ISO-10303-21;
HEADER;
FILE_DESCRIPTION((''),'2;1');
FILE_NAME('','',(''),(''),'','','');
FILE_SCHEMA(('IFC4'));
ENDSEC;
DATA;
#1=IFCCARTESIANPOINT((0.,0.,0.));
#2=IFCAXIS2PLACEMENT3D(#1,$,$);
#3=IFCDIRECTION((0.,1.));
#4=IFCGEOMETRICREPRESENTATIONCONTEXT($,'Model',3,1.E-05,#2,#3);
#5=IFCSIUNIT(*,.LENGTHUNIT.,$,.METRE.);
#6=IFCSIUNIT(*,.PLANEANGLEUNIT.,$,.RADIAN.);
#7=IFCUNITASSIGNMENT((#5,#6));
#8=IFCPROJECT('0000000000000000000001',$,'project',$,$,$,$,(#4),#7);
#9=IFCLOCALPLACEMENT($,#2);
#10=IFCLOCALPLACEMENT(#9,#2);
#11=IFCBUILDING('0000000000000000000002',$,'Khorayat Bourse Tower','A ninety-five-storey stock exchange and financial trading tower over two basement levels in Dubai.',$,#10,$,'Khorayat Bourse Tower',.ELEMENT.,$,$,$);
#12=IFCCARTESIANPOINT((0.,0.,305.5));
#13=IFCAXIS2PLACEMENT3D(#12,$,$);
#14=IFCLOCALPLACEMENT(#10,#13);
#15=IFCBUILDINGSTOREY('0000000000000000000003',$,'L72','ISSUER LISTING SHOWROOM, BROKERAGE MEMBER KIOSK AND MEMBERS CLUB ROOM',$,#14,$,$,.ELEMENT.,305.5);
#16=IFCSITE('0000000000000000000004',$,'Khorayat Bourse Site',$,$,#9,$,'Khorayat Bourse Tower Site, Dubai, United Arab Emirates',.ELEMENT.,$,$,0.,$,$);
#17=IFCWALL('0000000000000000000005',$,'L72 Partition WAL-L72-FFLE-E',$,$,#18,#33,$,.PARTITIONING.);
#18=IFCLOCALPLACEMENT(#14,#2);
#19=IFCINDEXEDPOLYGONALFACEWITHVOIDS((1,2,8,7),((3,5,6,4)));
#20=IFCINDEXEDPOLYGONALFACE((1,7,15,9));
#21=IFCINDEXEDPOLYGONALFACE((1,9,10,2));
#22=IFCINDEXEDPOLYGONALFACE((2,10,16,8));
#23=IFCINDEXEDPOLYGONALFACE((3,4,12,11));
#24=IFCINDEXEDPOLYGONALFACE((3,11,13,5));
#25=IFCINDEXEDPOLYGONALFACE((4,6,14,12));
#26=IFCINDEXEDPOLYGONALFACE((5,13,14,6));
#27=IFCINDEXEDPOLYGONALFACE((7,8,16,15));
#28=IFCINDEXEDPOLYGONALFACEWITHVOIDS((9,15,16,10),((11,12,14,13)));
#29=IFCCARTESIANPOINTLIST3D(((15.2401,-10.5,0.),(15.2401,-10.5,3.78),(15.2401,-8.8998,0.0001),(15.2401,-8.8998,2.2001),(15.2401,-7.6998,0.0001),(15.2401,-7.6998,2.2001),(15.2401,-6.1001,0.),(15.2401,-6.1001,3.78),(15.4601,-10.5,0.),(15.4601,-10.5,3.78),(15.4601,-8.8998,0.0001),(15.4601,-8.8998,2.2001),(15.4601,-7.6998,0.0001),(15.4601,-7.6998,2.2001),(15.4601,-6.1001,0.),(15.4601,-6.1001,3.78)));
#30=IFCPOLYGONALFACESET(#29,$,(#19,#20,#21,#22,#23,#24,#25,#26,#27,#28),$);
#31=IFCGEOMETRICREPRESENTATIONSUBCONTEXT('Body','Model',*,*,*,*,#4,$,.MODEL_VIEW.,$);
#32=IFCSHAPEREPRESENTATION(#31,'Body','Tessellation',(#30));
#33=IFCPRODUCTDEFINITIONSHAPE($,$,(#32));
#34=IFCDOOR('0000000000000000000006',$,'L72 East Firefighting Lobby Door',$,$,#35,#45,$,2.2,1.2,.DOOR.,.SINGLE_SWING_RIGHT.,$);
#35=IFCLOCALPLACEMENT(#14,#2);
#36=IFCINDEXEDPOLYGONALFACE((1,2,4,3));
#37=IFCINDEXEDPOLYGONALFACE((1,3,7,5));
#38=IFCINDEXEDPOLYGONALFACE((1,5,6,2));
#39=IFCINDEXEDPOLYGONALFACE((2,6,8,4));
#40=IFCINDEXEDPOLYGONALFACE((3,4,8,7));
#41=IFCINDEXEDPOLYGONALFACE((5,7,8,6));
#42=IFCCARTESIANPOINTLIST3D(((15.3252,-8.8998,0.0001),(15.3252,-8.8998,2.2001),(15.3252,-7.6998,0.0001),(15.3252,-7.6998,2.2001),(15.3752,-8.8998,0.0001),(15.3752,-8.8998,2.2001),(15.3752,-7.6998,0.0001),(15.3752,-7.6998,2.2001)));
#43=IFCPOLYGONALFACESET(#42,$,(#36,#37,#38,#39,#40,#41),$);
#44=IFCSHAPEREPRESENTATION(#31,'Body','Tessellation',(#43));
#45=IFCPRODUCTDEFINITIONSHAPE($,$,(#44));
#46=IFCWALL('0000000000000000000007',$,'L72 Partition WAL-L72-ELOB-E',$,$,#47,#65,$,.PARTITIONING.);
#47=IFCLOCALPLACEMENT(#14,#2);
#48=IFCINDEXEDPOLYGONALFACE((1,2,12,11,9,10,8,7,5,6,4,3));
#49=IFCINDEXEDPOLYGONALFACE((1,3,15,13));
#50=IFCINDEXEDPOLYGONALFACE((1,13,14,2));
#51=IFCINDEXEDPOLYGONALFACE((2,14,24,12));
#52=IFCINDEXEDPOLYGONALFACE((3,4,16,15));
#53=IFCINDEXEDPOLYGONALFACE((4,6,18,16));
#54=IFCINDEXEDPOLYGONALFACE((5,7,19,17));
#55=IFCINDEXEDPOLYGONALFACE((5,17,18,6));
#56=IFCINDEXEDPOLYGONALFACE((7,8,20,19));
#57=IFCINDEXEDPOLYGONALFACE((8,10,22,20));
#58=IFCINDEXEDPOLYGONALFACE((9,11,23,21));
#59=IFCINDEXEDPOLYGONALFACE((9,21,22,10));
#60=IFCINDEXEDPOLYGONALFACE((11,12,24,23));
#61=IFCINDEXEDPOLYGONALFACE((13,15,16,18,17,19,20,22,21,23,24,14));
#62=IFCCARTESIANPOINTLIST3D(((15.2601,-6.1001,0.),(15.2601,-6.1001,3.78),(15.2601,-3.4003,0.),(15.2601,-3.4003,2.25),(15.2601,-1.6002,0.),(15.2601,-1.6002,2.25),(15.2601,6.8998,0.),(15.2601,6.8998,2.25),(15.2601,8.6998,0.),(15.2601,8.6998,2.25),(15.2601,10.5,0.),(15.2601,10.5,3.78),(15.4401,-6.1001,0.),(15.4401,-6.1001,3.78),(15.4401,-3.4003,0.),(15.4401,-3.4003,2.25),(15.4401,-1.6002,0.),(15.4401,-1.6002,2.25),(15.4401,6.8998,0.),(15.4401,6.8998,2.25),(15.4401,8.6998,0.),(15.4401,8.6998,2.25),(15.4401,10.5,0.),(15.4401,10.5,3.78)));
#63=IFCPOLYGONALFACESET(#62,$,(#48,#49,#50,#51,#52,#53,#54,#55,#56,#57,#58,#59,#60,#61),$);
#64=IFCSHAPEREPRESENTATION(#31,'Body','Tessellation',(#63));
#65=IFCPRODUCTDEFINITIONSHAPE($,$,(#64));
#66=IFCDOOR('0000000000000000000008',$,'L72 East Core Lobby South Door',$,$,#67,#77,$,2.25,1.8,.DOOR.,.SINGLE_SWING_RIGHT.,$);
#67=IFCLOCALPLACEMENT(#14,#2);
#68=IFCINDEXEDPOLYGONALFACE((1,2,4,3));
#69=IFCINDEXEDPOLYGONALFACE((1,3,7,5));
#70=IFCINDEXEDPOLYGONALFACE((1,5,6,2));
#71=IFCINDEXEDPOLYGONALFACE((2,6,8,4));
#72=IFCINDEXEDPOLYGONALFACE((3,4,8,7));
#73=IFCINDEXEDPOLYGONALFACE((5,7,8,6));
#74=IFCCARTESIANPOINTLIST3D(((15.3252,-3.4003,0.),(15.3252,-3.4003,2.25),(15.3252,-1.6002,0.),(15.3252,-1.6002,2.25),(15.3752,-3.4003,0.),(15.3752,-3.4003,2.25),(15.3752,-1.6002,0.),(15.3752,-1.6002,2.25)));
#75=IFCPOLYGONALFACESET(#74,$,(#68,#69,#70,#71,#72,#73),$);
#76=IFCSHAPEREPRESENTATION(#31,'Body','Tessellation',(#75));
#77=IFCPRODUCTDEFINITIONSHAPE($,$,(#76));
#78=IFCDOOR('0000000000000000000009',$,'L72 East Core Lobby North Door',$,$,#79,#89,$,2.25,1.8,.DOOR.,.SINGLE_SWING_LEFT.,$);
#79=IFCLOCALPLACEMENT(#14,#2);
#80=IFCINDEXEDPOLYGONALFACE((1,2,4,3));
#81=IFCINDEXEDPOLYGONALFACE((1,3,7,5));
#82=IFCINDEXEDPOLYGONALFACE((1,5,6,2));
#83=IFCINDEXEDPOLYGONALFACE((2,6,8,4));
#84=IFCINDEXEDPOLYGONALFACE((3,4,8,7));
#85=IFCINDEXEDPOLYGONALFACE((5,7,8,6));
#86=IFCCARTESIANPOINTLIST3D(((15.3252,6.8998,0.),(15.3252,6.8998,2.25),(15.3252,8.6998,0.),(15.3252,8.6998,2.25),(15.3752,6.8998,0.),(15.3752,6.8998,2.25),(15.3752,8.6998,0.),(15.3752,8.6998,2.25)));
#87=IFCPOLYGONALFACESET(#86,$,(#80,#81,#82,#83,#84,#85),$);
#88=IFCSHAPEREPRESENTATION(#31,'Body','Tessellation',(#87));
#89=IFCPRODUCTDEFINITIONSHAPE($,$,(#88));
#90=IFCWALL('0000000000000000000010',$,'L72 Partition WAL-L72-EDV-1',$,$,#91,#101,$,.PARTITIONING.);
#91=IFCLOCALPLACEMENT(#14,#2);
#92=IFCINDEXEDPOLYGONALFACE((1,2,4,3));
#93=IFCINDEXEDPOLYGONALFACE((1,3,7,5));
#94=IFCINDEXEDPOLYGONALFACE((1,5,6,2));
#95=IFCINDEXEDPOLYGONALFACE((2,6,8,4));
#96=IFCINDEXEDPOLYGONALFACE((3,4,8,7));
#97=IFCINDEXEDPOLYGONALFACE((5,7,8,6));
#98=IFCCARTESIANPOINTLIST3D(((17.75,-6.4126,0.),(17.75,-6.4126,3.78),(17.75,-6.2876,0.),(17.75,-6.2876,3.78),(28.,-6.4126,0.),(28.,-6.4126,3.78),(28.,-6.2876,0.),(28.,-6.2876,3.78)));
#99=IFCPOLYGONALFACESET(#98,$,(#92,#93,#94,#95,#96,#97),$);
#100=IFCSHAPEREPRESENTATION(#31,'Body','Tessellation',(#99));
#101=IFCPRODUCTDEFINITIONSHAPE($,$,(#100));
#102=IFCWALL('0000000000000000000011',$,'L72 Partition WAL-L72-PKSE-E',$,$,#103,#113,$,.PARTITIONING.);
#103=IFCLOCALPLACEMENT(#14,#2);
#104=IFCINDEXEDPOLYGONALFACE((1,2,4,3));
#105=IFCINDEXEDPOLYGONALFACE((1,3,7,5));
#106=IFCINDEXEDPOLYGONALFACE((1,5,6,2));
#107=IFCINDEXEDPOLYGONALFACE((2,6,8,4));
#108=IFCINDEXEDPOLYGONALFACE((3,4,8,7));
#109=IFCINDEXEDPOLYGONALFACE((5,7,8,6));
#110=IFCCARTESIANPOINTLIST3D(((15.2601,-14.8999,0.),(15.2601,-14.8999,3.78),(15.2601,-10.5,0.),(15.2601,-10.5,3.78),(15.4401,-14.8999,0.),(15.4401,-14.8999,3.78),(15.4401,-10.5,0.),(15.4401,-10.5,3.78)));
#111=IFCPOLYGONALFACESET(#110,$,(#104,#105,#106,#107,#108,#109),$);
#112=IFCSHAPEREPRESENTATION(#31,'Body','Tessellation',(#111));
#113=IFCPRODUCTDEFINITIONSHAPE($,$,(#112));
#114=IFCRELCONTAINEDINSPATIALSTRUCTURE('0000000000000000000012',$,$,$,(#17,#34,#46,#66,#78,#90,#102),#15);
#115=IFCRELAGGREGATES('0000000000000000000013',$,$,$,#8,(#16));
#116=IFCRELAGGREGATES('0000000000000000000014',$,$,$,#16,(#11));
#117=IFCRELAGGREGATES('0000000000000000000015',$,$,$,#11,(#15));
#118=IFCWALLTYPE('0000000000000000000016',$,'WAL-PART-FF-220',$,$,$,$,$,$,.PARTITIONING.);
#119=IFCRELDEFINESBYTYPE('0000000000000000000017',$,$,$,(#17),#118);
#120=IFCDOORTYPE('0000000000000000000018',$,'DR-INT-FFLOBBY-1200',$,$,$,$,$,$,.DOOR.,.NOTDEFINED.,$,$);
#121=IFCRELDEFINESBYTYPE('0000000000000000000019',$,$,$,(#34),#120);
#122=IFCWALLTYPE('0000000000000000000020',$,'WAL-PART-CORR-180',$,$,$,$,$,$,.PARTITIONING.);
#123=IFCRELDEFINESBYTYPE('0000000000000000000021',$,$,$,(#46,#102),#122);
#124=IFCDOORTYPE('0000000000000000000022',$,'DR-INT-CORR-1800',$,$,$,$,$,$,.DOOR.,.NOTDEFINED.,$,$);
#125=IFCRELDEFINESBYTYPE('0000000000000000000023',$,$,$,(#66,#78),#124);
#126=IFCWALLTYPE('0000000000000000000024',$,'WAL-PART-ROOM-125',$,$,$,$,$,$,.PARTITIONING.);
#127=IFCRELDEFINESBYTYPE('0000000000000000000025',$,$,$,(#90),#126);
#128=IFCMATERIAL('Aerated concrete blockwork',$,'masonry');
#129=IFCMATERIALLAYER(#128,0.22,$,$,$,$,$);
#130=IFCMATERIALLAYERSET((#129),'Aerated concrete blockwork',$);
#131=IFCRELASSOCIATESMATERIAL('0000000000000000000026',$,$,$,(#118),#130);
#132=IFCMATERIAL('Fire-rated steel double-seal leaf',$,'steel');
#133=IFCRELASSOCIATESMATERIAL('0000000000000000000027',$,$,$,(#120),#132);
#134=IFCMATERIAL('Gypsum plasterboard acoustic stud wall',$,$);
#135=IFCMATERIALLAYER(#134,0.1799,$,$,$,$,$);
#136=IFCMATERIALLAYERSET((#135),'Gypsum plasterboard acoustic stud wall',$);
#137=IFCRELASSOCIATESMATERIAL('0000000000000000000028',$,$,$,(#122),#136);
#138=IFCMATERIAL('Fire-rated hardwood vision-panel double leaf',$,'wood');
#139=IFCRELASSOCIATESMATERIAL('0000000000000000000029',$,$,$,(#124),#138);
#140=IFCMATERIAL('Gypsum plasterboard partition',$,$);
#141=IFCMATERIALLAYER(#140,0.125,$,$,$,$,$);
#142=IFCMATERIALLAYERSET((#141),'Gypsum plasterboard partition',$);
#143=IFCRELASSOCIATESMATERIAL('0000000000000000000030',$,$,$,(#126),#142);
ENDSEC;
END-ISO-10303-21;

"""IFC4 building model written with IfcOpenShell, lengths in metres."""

from ifc_helpers import new_model, si_unit, direction, frame, frame_2d, origin, place, context, subcontext, project, spatial, rectangle, extrude, source, transform, mapped, material, layer, layer_set, type_object, element, fill, save


model = new_model("IFC4")

# Units and contexts
model_context = context("Model", 3, precision=1e-05, world=origin(), true_north=direction((0.0, 1.0)))
body_context = subcontext(model_context, "Body", "Model", "MODEL_VIEW")
ifc_project = project(units=[si_unit("LENGTHUNIT", "METRE"), si_unit("PLANEANGLEUNIT", "RADIAN")], contexts=[model_context])

# Site, building, storey
site_placement = place(None, origin())
site = spatial("IfcSite", under=ifc_project, at=site_placement, Name="Khorayat Bourse Site", LongName="Khorayat Bourse Tower Site, Dubai, United Arab Emirates", CompositionType="ELEMENT", RefElevation=0.0)
building_placement = place(site_placement, origin())
building = spatial("IfcBuilding", under=site, at=building_placement, Name="Khorayat Bourse Tower", Description="A ninety-five-storey stock exchange and financial trading tower over two basement levels in Dubai.", LongName="Khorayat Bourse Tower", CompositionType="ELEMENT")
storey_placement = place(building_placement, frame((0.0, 0.0, 305.5)))
storey = spatial("IfcBuildingStorey", under=building, at=storey_placement, Name="L72", Description="ISSUER LISTING SHOWROOM, BROKERAGE MEMBER KIOSK AND MEMBERS CLUB ROOM", CompositionType="ELEMENT", Elevation=305.5)

# Shared definitions
ifc_material_1 = material(Name="Aerated concrete blockwork", Category="masonry")
ifc_layer_1 = layer(ifc_material_1, 0.22)
ifc_layer_set_1 = layer_set([ifc_layer_1], Name="Aerated concrete blockwork")
wall_type_1 = type_object("IfcWallType", Name="WAL-PART-FF-220", PredefinedType="PARTITIONING", material=ifc_layer_set_1)

# Wall, opening, door
shared_shape_1 = source(origin(), body_context, "Body", "SweptSolid", [
    extrude(rectangle(XDim=4.3999, YDim=0.22, at=frame_2d((2.2, 0.0))), origin(), (0.0, 0.0, 1.0), 3.78),
])
wall_1_placement = place(storey_placement, frame((15.3501, -10.5, 0.0), z_axis=(0.0, 0.0, 1.0), x_axis=(0.0, 1.0, 0.0)))
wall_1 = element("IfcWall", 1, at=wall_1_placement, inside=storey, type_object=wall_type_1, Name="L72 Partition WAL-L72-FFLE-E", PredefinedType="PARTITIONING", context=body_context, shape_type="MappedRepresentation", body=[
    mapped(shared_shape_1, transform((0.0, 0.0, 0.0), scale=1.0)),
])
shared_shape_2 = source(origin(), body_context, "Body", "SweptSolid", [
    extrude(rectangle(XDim=1.2, YDim=2.2, at=frame_2d((0.6001, 1.1001))), frame((0.0, 0.1199, 0.0), z_axis=(0.0, -1.0, 0.0), x_axis=(1.0, 0.0, 0.0)), (0.0, 0.0, 1.0), 0.24),
])
opening_1_placement = place(wall_1_placement, frame((1.6001, 0.0, 0.0)))
opening_1 = element("IfcOpeningElement", 2, at=opening_1_placement, cuts=wall_1, PredefinedType="OPENING", context=body_context, shape_type="MappedRepresentation", body=[
    mapped(shared_shape_2, transform((0.0, 0.0, 0.0), scale=1.0)),
])
ifc_material_2 = material(Name="Fire-rated steel double-seal leaf", Category="steel")
door_type_1 = type_object("IfcDoorType", Name="DR-INT-FFLOBBY-1200", OperationType="NOTDEFINED", PredefinedType="DOOR", material=ifc_material_2)
shared_shape_3 = source(origin(), body_context, "Body", "SweptSolid", [
    extrude(rectangle(XDim=1.2, YDim=2.2, at=frame_2d((0.6001, 1.1001))), frame((0.0, 0.0249, 0.0), z_axis=(0.0, -1.0, 0.0), x_axis=(1.0, 0.0, 0.0)), (0.0, 0.0, 1.0), 0.05),
])
door_1_placement = place(opening_1_placement, origin())
door_1 = element("IfcDoor", 3, at=door_1_placement, inside=storey, type_object=door_type_1, Name="L72 East Firefighting Lobby Door", OperationType="SINGLE_SWING_RIGHT", OverallHeight=2.2, OverallWidth=1.2, PredefinedType="DOOR", context=body_context, shape_type="MappedRepresentation", body=[
    mapped(shared_shape_3, transform((0.0, 0.0, 0.0), scale=1.0)),
])
fill(opening_1, door_1)

# Wall, openings, doors
ifc_material_3 = material(Name="Gypsum plasterboard acoustic stud wall")
ifc_layer_2 = layer(ifc_material_3, 0.1799)
ifc_layer_set_2 = layer_set([ifc_layer_2], Name="Gypsum plasterboard acoustic stud wall")
wall_type_2 = type_object("IfcWallType", Name="WAL-PART-CORR-180", PredefinedType="PARTITIONING", material=ifc_layer_set_2)
shared_shape_4 = source(origin(), body_context, "Body", "SweptSolid", [
    extrude(rectangle(XDim=16.6001, YDim=0.1799, at=frame_2d((8.3, 0.0))), origin(), (0.0, 0.0, 1.0), 3.78),
])
wall_2_placement = place(storey_placement, frame((15.3501, -6.1001, 0.0), z_axis=(0.0, 0.0, 1.0), x_axis=(0.0, 1.0, 0.0)))
wall_2 = element("IfcWall", 4, at=wall_2_placement, inside=storey, type_object=wall_type_2, Name="L72 Partition WAL-L72-ELOB-E", PredefinedType="PARTITIONING", context=body_context, shape_type="MappedRepresentation", body=[
    mapped(shared_shape_4, transform((0.0, 0.0, 0.0), scale=1.0)),
])
shared_shape_5 = source(origin(), body_context, "Body", "SweptSolid", [
    extrude(rectangle(XDim=1.8, YDim=2.25, at=frame_2d((0.8999, 1.125))), frame((0.0, 0.0999, 0.0), z_axis=(0.0, -1.0, 0.0), x_axis=(1.0, 0.0, 0.0)), (0.0, 0.0, 1.0), 0.2),
])
opening_2_placement = place(wall_2_placement, frame((2.7, 0.0, 0.0)))
opening_2 = element("IfcOpeningElement", 5, at=opening_2_placement, cuts=wall_2, PredefinedType="OPENING", context=body_context, shape_type="MappedRepresentation", body=[
    mapped(shared_shape_5, transform((0.0, 0.0, 0.0), scale=1.0)),
])
opening_3_placement = place(wall_2_placement, frame((13.0, 0.0, 0.0)))
opening_3 = element("IfcOpeningElement", 6, at=opening_3_placement, cuts=wall_2, PredefinedType="OPENING", context=body_context, shape_type="MappedRepresentation", body=[
    mapped(shared_shape_5, transform((0.0, 0.0, 0.0), scale=1.0)),
])
ifc_material_4 = material(Name="Fire-rated hardwood vision-panel double leaf", Category="wood")
door_type_2 = type_object("IfcDoorType", Name="DR-INT-CORR-1800", OperationType="NOTDEFINED", PredefinedType="DOOR", material=ifc_material_4)
shared_shape_6 = source(origin(), body_context, "Body", "SweptSolid", [
    extrude(rectangle(XDim=1.8, YDim=2.25, at=frame_2d((0.8999, 1.125))), frame((0.0, 0.0249, 0.0), z_axis=(0.0, -1.0, 0.0), x_axis=(1.0, 0.0, 0.0)), (0.0, 0.0, 1.0), 0.05),
])
door_2_placement = place(opening_2_placement, origin())
door_2 = element("IfcDoor", 7, at=door_2_placement, inside=storey, type_object=door_type_2, Name="L72 East Core Lobby South Door", OperationType="SINGLE_SWING_RIGHT", OverallHeight=2.25, OverallWidth=1.8, PredefinedType="DOOR", context=body_context, shape_type="MappedRepresentation", body=[
    mapped(shared_shape_6, transform((0.0, 0.0, 0.0), scale=1.0)),
])
fill(opening_2, door_2)
door_3_placement = place(opening_3_placement, origin())
door_3 = element("IfcDoor", 8, at=door_3_placement, inside=storey, type_object=door_type_2, Name="L72 East Core Lobby North Door", OperationType="SINGLE_SWING_LEFT", OverallHeight=2.25, OverallWidth=1.8, PredefinedType="DOOR", context=body_context, shape_type="MappedRepresentation", body=[
    mapped(shared_shape_6, transform((0.0, 0.0, 0.0), scale=1.0)),
])
fill(opening_3, door_3)

# Walls
ifc_material_5 = material(Name="Gypsum plasterboard partition")
ifc_layer_3 = layer(ifc_material_5, 0.125)
ifc_layer_set_3 = layer_set([ifc_layer_3], Name="Gypsum plasterboard partition")
wall_type_3 = type_object("IfcWallType", Name="WAL-PART-ROOM-125", PredefinedType="PARTITIONING", material=ifc_layer_set_3)
shared_shape_7 = source(origin(), body_context, "Body", "SweptSolid", [
    extrude(rectangle(XDim=10.25, YDim=0.125, at=frame_2d((5.125, 0.0))), origin(), (0.0, 0.0, 1.0), 3.78),
])
wall_3_placement = place(storey_placement, frame((17.75, -6.3501, 0.0), z_axis=(0.0, 0.0, 1.0), x_axis=(1.0, 0.0, 0.0)))
element("IfcWall", 9, at=wall_3_placement, inside=storey, type_object=wall_type_3, Name="L72 Partition WAL-L72-EDV-1", PredefinedType="PARTITIONING", context=body_context, shape_type="MappedRepresentation", body=[
    mapped(shared_shape_7, transform((0.0, 0.0, 0.0), scale=1.0)),
])
shared_shape_8 = source(origin(), body_context, "Body", "SweptSolid", [
    extrude(rectangle(XDim=4.3999, YDim=0.1799, at=frame_2d((2.2, 0.0))), origin(), (0.0, 0.0, 1.0), 3.78),
])
wall_4_placement = place(storey_placement, frame((15.3501, -14.8999, 0.0), z_axis=(0.0, 0.0, 1.0), x_axis=(0.0, 1.0, 0.0)))
element("IfcWall", 10, at=wall_4_placement, inside=storey, type_object=wall_type_2, Name="L72 Partition WAL-L72-PKSE-E", PredefinedType="PARTITIONING", context=body_context, shape_type="MappedRepresentation", body=[
    mapped(shared_shape_8, transform((0.0, 0.0, 0.0), scale=1.0)),
])

save(model, "model.ifc")
